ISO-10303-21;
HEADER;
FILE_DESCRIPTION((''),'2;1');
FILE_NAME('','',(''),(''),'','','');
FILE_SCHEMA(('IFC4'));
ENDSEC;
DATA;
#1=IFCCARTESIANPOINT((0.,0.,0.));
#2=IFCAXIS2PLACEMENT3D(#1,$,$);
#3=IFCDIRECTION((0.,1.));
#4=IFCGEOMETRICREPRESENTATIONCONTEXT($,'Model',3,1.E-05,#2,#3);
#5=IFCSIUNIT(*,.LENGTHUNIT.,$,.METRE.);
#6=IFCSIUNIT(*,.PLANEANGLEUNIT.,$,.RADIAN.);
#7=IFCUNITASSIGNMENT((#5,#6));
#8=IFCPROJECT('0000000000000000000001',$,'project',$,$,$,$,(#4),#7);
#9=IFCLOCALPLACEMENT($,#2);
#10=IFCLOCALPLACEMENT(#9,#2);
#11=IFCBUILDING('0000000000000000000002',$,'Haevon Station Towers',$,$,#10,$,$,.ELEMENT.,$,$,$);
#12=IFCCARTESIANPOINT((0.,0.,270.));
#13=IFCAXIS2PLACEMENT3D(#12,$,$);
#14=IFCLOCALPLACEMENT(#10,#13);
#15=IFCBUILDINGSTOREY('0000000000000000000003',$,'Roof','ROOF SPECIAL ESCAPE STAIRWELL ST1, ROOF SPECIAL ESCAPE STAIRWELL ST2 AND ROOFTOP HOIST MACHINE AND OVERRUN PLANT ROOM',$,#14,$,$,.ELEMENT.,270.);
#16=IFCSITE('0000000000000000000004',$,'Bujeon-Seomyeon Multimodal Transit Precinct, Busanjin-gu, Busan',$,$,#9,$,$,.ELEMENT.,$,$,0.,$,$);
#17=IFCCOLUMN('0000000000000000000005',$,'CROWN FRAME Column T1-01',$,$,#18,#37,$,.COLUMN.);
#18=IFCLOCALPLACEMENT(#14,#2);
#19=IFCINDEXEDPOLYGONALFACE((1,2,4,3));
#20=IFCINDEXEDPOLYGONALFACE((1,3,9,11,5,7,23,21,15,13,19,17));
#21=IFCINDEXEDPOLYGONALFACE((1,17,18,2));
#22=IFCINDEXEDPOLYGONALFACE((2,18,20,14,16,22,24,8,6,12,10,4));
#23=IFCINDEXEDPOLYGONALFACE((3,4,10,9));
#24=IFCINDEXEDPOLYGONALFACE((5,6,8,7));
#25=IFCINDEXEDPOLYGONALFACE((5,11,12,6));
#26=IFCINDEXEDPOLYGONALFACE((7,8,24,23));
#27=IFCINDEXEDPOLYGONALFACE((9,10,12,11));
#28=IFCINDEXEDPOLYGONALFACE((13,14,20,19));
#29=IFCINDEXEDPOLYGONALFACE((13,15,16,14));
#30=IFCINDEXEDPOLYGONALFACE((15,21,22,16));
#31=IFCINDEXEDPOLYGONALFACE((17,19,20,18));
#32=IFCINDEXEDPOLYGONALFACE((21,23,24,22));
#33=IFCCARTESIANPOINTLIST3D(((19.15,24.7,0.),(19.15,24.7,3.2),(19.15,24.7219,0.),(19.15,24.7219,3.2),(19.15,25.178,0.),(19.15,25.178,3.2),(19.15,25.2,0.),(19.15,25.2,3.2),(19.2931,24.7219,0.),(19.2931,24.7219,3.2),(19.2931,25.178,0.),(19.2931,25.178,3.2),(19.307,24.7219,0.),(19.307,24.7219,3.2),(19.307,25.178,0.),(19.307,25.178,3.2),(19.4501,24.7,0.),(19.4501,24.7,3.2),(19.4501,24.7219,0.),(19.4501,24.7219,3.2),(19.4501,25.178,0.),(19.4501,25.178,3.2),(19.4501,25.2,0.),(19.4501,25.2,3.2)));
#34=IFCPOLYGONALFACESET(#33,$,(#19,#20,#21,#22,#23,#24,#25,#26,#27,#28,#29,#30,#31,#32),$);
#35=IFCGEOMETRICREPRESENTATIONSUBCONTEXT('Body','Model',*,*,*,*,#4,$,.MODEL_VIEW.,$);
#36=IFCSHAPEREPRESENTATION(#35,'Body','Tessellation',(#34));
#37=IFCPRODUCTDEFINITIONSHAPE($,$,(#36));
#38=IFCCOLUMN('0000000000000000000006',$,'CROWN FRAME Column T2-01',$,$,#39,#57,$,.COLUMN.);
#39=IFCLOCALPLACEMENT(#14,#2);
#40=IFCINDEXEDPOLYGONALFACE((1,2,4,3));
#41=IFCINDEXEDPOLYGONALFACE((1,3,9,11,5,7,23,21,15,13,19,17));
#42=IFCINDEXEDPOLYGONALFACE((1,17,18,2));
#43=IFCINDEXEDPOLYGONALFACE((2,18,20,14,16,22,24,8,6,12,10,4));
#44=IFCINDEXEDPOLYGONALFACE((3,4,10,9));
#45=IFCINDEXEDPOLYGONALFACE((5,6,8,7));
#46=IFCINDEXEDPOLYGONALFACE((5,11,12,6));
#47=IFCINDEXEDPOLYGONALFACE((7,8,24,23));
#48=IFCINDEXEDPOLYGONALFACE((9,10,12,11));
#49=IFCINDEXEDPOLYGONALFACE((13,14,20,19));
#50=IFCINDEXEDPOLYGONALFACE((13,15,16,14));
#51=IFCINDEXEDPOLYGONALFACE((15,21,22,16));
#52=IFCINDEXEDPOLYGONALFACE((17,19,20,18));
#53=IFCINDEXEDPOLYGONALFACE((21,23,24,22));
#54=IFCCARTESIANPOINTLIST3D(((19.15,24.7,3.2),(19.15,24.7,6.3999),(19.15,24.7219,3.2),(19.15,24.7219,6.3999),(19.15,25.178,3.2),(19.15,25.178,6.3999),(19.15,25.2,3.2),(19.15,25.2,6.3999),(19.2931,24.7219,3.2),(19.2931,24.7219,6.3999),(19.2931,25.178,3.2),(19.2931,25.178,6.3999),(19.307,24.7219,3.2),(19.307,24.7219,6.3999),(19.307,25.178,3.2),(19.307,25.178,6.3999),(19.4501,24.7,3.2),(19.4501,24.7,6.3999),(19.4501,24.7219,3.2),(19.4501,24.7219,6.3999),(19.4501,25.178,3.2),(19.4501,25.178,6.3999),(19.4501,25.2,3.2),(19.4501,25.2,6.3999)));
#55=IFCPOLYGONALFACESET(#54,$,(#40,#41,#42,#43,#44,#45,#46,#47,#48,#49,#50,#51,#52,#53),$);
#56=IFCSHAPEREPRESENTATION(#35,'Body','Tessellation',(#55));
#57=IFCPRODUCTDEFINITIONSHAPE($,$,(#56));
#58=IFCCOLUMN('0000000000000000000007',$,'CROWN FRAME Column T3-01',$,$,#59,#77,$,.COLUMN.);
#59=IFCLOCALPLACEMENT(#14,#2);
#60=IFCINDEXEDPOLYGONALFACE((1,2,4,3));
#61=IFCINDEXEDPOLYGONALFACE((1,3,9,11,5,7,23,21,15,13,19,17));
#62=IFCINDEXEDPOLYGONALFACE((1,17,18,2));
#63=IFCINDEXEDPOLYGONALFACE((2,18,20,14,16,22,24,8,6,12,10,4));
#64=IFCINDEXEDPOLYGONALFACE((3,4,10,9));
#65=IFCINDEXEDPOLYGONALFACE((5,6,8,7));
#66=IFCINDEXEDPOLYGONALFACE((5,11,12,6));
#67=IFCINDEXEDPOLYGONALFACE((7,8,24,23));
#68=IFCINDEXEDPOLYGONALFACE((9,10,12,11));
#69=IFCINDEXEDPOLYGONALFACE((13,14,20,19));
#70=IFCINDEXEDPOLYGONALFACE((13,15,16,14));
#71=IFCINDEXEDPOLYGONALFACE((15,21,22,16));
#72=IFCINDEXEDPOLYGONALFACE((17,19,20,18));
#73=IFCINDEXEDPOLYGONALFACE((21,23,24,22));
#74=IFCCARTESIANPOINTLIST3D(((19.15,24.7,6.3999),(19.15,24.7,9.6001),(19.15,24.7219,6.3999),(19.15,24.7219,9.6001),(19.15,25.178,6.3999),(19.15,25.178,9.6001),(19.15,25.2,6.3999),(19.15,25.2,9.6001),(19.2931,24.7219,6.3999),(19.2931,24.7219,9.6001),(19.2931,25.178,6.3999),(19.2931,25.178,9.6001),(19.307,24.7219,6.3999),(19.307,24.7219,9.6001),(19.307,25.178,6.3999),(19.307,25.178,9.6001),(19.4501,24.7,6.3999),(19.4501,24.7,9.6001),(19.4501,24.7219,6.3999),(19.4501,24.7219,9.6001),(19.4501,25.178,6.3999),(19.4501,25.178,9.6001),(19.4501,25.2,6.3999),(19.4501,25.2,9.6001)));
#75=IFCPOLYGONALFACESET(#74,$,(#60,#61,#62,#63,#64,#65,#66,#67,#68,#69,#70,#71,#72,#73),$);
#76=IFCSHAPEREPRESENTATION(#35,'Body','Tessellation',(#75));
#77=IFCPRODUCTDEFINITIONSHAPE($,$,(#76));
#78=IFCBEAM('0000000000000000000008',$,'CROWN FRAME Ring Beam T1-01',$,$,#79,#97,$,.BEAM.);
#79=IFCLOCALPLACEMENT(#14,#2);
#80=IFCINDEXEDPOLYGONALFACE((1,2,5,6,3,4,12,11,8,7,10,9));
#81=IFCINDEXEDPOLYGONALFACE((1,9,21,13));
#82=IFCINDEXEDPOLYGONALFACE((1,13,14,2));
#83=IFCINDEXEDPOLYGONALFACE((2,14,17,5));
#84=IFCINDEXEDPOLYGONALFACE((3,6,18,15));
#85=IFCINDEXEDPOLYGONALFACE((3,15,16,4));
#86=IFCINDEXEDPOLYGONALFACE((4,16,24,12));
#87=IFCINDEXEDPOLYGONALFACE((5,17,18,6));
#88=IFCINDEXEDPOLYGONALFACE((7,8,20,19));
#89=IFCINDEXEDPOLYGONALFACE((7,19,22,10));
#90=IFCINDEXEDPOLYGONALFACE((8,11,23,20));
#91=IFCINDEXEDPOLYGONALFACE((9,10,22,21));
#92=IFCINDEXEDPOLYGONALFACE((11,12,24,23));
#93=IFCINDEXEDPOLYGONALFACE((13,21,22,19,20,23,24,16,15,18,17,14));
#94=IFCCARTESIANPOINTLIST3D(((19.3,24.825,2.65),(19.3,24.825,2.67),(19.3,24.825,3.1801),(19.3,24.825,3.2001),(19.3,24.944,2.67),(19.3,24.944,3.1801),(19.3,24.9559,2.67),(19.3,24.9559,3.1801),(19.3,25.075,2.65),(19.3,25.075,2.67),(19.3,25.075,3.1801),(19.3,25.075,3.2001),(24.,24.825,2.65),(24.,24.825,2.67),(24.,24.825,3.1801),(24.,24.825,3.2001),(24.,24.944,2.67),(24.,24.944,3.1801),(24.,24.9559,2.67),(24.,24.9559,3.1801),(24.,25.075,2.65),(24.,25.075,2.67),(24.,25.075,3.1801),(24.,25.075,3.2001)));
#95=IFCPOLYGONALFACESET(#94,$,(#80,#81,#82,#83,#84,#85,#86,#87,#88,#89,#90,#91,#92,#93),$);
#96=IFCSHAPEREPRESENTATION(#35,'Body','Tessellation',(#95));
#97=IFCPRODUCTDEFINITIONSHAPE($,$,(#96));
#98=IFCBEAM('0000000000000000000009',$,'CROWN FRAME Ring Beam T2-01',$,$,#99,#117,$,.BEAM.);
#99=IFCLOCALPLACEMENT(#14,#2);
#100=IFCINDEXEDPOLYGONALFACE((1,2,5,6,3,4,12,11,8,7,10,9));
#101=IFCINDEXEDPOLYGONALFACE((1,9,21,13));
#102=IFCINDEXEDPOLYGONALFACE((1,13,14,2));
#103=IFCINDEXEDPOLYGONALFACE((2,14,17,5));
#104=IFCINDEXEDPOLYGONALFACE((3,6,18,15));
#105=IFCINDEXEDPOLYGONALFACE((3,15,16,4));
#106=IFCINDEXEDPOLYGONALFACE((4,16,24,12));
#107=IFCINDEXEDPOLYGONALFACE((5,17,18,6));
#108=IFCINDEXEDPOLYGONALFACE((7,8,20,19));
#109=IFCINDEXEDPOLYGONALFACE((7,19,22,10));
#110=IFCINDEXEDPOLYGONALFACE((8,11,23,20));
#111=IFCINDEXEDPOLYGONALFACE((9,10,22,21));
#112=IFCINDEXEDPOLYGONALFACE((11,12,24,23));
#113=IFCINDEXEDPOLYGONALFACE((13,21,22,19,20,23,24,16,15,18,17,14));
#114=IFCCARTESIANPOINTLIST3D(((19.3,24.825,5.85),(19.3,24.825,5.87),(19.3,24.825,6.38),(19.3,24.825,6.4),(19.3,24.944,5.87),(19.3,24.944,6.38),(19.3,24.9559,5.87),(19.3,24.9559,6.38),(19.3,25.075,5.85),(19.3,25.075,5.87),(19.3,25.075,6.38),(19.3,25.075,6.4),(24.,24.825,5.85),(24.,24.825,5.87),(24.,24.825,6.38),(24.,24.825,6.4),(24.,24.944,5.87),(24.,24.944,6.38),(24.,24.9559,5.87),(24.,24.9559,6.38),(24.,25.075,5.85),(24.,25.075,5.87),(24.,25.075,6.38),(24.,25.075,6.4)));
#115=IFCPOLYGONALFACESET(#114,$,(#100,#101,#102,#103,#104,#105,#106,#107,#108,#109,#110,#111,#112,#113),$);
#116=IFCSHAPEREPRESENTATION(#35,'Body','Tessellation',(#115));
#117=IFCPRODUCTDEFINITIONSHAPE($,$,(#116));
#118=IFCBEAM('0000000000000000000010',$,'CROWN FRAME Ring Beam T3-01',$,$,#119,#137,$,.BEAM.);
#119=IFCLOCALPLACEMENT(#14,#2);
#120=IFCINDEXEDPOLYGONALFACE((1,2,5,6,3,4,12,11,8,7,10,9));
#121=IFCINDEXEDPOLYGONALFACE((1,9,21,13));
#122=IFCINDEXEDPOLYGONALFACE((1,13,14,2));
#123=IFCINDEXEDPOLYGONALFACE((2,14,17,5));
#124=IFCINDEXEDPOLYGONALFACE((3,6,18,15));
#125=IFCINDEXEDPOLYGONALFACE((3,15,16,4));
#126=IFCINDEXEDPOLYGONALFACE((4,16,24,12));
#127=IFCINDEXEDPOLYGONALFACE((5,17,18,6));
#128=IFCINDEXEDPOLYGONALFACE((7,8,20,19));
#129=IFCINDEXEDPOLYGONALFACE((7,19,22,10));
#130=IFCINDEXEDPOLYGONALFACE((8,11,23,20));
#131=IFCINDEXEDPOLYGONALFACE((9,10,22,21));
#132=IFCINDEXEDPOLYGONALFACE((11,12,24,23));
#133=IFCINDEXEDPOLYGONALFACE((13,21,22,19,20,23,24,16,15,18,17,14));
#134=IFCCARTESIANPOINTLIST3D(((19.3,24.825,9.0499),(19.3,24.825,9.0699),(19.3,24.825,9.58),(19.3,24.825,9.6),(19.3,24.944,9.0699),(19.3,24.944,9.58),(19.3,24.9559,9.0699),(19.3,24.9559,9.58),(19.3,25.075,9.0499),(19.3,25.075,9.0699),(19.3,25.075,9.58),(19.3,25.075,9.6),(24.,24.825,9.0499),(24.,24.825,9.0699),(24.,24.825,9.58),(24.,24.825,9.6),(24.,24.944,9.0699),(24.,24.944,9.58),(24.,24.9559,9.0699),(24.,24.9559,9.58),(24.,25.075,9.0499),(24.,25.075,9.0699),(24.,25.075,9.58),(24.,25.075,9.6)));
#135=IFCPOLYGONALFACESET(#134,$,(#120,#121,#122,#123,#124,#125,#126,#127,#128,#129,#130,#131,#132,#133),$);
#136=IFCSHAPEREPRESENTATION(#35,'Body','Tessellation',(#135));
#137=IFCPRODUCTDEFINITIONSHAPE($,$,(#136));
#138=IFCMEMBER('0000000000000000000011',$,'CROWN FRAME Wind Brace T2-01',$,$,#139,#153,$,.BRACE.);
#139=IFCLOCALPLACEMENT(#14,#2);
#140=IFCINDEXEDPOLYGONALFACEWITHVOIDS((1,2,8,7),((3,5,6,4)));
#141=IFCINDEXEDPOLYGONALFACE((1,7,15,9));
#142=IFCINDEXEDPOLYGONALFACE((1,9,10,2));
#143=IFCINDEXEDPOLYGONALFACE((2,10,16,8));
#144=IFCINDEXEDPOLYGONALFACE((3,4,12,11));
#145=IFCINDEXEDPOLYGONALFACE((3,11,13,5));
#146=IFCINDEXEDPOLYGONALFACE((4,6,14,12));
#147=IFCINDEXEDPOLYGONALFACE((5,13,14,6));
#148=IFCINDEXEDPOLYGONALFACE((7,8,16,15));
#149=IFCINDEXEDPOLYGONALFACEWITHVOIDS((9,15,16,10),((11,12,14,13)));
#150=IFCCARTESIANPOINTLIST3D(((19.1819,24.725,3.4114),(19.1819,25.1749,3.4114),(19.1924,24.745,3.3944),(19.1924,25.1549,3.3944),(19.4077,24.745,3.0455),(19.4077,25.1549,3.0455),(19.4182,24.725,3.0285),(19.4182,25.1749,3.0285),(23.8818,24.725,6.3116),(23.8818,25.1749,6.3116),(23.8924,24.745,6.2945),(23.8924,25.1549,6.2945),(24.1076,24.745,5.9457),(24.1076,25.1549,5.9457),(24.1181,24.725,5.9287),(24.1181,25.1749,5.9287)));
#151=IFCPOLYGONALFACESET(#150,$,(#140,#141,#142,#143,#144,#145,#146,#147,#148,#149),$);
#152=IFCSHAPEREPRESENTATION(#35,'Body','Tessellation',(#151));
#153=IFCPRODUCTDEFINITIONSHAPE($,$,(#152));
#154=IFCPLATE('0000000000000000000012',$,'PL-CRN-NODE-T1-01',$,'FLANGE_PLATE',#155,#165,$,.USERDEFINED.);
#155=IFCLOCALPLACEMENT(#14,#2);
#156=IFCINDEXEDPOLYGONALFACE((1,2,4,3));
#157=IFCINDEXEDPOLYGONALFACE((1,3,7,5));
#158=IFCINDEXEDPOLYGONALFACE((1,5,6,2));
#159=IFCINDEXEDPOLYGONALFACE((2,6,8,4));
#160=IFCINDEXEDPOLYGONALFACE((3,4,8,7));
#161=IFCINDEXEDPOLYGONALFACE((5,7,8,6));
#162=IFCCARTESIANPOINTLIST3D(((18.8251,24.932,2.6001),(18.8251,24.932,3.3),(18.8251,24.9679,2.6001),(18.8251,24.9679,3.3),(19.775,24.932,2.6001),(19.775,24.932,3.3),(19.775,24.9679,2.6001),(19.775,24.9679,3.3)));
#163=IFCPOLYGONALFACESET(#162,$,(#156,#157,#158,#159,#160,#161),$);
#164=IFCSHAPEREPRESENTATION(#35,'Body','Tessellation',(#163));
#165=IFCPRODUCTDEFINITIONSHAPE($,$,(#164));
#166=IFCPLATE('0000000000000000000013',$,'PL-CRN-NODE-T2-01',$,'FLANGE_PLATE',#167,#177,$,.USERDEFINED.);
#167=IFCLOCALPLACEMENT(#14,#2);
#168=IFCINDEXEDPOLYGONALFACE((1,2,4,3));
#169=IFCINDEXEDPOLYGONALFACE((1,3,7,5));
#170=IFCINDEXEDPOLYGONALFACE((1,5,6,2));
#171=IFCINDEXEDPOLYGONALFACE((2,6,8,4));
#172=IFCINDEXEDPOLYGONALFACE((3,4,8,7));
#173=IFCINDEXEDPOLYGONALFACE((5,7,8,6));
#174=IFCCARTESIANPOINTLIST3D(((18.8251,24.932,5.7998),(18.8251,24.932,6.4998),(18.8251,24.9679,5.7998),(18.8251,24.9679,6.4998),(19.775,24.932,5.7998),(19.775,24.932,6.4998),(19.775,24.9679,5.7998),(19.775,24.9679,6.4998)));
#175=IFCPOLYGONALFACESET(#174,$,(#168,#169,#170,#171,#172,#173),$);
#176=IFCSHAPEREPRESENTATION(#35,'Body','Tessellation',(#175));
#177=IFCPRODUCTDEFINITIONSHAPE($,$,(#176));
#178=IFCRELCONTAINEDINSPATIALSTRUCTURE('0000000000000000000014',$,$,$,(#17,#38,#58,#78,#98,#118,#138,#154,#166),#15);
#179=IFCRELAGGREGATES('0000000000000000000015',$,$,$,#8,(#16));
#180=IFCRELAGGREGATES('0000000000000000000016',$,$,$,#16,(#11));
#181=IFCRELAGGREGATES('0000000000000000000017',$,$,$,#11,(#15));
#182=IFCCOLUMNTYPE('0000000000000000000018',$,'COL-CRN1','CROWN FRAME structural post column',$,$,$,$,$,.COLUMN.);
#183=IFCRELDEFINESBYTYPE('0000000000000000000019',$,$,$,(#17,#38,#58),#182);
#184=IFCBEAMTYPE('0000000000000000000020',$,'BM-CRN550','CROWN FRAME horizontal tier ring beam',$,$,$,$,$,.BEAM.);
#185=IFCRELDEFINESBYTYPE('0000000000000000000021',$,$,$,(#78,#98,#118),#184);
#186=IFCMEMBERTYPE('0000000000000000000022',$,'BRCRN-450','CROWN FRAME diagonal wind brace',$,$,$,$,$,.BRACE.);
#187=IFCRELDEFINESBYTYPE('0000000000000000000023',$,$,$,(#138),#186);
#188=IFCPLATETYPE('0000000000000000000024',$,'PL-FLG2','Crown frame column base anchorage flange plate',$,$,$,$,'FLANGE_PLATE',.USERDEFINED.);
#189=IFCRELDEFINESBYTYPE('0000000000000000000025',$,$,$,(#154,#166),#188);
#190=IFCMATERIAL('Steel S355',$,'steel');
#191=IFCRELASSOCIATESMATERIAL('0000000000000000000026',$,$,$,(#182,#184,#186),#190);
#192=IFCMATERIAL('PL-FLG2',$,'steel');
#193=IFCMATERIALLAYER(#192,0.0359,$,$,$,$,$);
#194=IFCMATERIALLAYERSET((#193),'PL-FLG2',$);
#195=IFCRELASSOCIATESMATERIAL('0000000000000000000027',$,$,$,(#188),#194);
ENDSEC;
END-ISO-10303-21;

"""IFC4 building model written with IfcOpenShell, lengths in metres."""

from ifc_helpers import new_model, si_unit, direction, frame, origin, origin_2d, place, context, subcontext, project, spatial, rectangle, hollow_rectangle, i_section, extrude, material, layer, layer_set, material_profile, profile_set, type_object, element, save


model = new_model("IFC4")

# Units and contexts
model_context = context("Model", 3, precision=1e-05, world=origin(), true_north=direction((0.0, 1.0)))
body_context = subcontext(model_context, "Body", "Model", "MODEL_VIEW")
ifc_project = project(units=[si_unit("LENGTHUNIT", "METRE"), si_unit("PLANEANGLEUNIT", "RADIAN")], contexts=[model_context])

# Site, building, storey
site_placement = place(None, origin())
site = spatial("IfcSite", under=ifc_project, at=site_placement, Name="Bujeon-Seomyeon Multimodal Transit Precinct, Busanjin-gu, Busan", CompositionType="ELEMENT", RefElevation=0.0)
building_placement = place(site_placement, origin())
building = spatial("IfcBuilding", under=site, at=building_placement, Name="Haevon Station Towers", CompositionType="ELEMENT")
storey_placement = place(building_placement, frame((0.0, 0.0, 270.0)))
storey = spatial("IfcBuildingStorey", under=building, at=storey_placement, Name="Roof", Description="ROOF SPECIAL ESCAPE STAIRWELL ST1, ROOF SPECIAL ESCAPE STAIRWELL ST2 AND ROOFTOP HOIST MACHINE AND OVERRUN PLANT ROOM", CompositionType="ELEMENT", Elevation=270.0)

# Columns
ifc_material_1 = material(Name="Steel S355", Category="steel")
ifc_material_profile_1 = material_profile(ifc_material_1, i_section(OverallWidth=0.3, OverallDepth=0.5, WebThickness=0.0139, FlangeThickness=0.022, at=origin_2d()), Name="H-500x300x14x22")
ifc_profile_set_1 = profile_set([ifc_material_profile_1], Name="Steel S355")
column_type = type_object("IfcColumnType", Name="COL-CRN1", Description="CROWN FRAME structural post column", PredefinedType="COLUMN", material=ifc_profile_set_1)
for number, where, z_axis, x_axis, name in (
    (1, (19.3, 24.95, 0.0), (0.0, 0.0, 1.0), (1.0, 0.0, 0.0), "CROWN FRAME Column T1-01"),
    (2, (19.3, 24.95, 3.2), (0.0, 0.0, 1.0), (1.0, 0.0, 0.0), "CROWN FRAME Column T2-01"),
):
    element("IfcColumn", number, at=place(storey_placement, frame(where, z_axis=z_axis, x_axis=x_axis)), inside=storey, type_object=column_type, Name=name, PredefinedType="COLUMN", context=body_context, shape_type="SweptSolid", body=[
        extrude(i_section(OverallWidth=0.3, OverallDepth=0.5, WebThickness=0.0139, FlangeThickness=0.022, at=origin_2d()), origin(), (0.0, 0.0, 1.0), 3.2),
    ])
column_placement = place(storey_placement, frame((19.3, 24.95, 6.3999), z_axis=(0.0, 0.0, 1.0), x_axis=(1.0, 0.0, 0.0)))
element("IfcColumn", 3, at=column_placement, inside=storey, type_object=column_type, Name="CROWN FRAME Column T3-01", PredefinedType="COLUMN", context=body_context, shape_type="SweptSolid", body=[
    extrude(i_section(OverallWidth=0.3, OverallDepth=0.5, WebThickness=0.0139, FlangeThickness=0.022, at=origin_2d()), origin(), (0.0, 0.0, 1.0), 3.2002),
])

# Beams
ifc_material_profile_2 = material_profile(ifc_material_1, i_section(OverallWidth=0.25, OverallDepth=0.55, WebThickness=0.012, FlangeThickness=0.02, at=origin_2d()), Name="H-550x250x12x20")
ifc_profile_set_2 = profile_set([ifc_material_profile_2], Name="Steel S355")
beam_type = type_object("IfcBeamType", Name="BM-CRN550", Description="CROWN FRAME horizontal tier ring beam", PredefinedType="BEAM", material=ifc_profile_set_2)
for number, where, z_axis, x_axis, name in (
    (4, (19.3, 24.95, 2.925), (1.0, 0.0, 0.0), (0.0, 1.0, 0.0), "CROWN FRAME Ring Beam T1-01"),
    (5, (19.3, 24.95, 6.125), (1.0, 0.0, 0.0), (0.0, 1.0, 0.0), "CROWN FRAME Ring Beam T2-01"),
    (6, (19.3, 24.95, 9.325), (1.0, 0.0, 0.0), (0.0, 1.0, 0.0), "CROWN FRAME Ring Beam T3-01"),
):
    element("IfcBeam", number, at=place(storey_placement, frame(where, z_axis=z_axis, x_axis=x_axis)), inside=storey, type_object=beam_type, Name=name, PredefinedType="BEAM", context=body_context, shape_type="SweptSolid", body=[
        extrude(i_section(OverallWidth=0.25, OverallDepth=0.55, WebThickness=0.012, FlangeThickness=0.02, at=origin_2d()), origin(), (0.0, 0.0, 1.0), 4.7),
    ])

# Member
ifc_material_profile_3 = material_profile(ifc_material_1, hollow_rectangle(XDim=0.45, YDim=0.45, WallThickness=0.02, at=origin_2d()), Name="RHS-450x450x20")
ifc_profile_set_3 = profile_set([ifc_material_profile_3], Name="Steel S355")
member_type = type_object("IfcMemberType", Name="BRCRN-450", Description="CROWN FRAME diagonal wind brace", PredefinedType="BRACE", material=ifc_profile_set_3)
member_placement = place(storey_placement, frame((19.3, 24.95, 3.22), z_axis=(0.851022, 0.0, 0.52513), x_axis=(0.0, 1.0, 0.0)))
element("IfcMember", 7, at=member_placement, inside=storey, type_object=member_type, Name="CROWN FRAME Wind Brace T2-01", PredefinedType="BRACE", context=body_context, shape_type="SweptSolid", body=[
    extrude(hollow_rectangle(XDim=0.45, YDim=0.45, WallThickness=0.02, at=origin_2d()), origin(), (0.0, 0.0, 1.0), 5.5227),
])

# Plates
ifc_material_2 = material(Name="PL-FLG2", Category="steel")
ifc_layer_1 = layer(ifc_material_2, 0.0359)
ifc_layer_set_1 = layer_set([ifc_layer_1], Name="PL-FLG2")
plate_type = type_object("IfcPlateType", Name="PL-FLG2", Description="Crown frame column base anchorage flange plate", ElementType="FLANGE_PLATE", PredefinedType="USERDEFINED", material=ifc_layer_set_1)
for number, where, z_axis, x_axis, name in (
    (8, (19.3, 24.95, 2.6001), (0.0, 0.0, 1.0), (1.0, 0.0, 0.0), "PL-CRN-NODE-T1-01"),
    (9, (19.3, 24.95, 5.7998), (0.0, 0.0, 1.0), (1.0, 0.0, 0.0), "PL-CRN-NODE-T2-01"),
):
    element("IfcPlate", number, at=place(storey_placement, frame(where, z_axis=z_axis, x_axis=x_axis)), inside=storey, type_object=plate_type, Name=name, ObjectType="FLANGE_PLATE", PredefinedType="USERDEFINED", context=body_context, shape_type="SweptSolid", body=[
        extrude(rectangle(XDim=0.95, YDim=0.0359, at=origin_2d()), origin(), (0.0, 0.0, 1.0), 0.7),
    ])

save(model, "model.ifc")
